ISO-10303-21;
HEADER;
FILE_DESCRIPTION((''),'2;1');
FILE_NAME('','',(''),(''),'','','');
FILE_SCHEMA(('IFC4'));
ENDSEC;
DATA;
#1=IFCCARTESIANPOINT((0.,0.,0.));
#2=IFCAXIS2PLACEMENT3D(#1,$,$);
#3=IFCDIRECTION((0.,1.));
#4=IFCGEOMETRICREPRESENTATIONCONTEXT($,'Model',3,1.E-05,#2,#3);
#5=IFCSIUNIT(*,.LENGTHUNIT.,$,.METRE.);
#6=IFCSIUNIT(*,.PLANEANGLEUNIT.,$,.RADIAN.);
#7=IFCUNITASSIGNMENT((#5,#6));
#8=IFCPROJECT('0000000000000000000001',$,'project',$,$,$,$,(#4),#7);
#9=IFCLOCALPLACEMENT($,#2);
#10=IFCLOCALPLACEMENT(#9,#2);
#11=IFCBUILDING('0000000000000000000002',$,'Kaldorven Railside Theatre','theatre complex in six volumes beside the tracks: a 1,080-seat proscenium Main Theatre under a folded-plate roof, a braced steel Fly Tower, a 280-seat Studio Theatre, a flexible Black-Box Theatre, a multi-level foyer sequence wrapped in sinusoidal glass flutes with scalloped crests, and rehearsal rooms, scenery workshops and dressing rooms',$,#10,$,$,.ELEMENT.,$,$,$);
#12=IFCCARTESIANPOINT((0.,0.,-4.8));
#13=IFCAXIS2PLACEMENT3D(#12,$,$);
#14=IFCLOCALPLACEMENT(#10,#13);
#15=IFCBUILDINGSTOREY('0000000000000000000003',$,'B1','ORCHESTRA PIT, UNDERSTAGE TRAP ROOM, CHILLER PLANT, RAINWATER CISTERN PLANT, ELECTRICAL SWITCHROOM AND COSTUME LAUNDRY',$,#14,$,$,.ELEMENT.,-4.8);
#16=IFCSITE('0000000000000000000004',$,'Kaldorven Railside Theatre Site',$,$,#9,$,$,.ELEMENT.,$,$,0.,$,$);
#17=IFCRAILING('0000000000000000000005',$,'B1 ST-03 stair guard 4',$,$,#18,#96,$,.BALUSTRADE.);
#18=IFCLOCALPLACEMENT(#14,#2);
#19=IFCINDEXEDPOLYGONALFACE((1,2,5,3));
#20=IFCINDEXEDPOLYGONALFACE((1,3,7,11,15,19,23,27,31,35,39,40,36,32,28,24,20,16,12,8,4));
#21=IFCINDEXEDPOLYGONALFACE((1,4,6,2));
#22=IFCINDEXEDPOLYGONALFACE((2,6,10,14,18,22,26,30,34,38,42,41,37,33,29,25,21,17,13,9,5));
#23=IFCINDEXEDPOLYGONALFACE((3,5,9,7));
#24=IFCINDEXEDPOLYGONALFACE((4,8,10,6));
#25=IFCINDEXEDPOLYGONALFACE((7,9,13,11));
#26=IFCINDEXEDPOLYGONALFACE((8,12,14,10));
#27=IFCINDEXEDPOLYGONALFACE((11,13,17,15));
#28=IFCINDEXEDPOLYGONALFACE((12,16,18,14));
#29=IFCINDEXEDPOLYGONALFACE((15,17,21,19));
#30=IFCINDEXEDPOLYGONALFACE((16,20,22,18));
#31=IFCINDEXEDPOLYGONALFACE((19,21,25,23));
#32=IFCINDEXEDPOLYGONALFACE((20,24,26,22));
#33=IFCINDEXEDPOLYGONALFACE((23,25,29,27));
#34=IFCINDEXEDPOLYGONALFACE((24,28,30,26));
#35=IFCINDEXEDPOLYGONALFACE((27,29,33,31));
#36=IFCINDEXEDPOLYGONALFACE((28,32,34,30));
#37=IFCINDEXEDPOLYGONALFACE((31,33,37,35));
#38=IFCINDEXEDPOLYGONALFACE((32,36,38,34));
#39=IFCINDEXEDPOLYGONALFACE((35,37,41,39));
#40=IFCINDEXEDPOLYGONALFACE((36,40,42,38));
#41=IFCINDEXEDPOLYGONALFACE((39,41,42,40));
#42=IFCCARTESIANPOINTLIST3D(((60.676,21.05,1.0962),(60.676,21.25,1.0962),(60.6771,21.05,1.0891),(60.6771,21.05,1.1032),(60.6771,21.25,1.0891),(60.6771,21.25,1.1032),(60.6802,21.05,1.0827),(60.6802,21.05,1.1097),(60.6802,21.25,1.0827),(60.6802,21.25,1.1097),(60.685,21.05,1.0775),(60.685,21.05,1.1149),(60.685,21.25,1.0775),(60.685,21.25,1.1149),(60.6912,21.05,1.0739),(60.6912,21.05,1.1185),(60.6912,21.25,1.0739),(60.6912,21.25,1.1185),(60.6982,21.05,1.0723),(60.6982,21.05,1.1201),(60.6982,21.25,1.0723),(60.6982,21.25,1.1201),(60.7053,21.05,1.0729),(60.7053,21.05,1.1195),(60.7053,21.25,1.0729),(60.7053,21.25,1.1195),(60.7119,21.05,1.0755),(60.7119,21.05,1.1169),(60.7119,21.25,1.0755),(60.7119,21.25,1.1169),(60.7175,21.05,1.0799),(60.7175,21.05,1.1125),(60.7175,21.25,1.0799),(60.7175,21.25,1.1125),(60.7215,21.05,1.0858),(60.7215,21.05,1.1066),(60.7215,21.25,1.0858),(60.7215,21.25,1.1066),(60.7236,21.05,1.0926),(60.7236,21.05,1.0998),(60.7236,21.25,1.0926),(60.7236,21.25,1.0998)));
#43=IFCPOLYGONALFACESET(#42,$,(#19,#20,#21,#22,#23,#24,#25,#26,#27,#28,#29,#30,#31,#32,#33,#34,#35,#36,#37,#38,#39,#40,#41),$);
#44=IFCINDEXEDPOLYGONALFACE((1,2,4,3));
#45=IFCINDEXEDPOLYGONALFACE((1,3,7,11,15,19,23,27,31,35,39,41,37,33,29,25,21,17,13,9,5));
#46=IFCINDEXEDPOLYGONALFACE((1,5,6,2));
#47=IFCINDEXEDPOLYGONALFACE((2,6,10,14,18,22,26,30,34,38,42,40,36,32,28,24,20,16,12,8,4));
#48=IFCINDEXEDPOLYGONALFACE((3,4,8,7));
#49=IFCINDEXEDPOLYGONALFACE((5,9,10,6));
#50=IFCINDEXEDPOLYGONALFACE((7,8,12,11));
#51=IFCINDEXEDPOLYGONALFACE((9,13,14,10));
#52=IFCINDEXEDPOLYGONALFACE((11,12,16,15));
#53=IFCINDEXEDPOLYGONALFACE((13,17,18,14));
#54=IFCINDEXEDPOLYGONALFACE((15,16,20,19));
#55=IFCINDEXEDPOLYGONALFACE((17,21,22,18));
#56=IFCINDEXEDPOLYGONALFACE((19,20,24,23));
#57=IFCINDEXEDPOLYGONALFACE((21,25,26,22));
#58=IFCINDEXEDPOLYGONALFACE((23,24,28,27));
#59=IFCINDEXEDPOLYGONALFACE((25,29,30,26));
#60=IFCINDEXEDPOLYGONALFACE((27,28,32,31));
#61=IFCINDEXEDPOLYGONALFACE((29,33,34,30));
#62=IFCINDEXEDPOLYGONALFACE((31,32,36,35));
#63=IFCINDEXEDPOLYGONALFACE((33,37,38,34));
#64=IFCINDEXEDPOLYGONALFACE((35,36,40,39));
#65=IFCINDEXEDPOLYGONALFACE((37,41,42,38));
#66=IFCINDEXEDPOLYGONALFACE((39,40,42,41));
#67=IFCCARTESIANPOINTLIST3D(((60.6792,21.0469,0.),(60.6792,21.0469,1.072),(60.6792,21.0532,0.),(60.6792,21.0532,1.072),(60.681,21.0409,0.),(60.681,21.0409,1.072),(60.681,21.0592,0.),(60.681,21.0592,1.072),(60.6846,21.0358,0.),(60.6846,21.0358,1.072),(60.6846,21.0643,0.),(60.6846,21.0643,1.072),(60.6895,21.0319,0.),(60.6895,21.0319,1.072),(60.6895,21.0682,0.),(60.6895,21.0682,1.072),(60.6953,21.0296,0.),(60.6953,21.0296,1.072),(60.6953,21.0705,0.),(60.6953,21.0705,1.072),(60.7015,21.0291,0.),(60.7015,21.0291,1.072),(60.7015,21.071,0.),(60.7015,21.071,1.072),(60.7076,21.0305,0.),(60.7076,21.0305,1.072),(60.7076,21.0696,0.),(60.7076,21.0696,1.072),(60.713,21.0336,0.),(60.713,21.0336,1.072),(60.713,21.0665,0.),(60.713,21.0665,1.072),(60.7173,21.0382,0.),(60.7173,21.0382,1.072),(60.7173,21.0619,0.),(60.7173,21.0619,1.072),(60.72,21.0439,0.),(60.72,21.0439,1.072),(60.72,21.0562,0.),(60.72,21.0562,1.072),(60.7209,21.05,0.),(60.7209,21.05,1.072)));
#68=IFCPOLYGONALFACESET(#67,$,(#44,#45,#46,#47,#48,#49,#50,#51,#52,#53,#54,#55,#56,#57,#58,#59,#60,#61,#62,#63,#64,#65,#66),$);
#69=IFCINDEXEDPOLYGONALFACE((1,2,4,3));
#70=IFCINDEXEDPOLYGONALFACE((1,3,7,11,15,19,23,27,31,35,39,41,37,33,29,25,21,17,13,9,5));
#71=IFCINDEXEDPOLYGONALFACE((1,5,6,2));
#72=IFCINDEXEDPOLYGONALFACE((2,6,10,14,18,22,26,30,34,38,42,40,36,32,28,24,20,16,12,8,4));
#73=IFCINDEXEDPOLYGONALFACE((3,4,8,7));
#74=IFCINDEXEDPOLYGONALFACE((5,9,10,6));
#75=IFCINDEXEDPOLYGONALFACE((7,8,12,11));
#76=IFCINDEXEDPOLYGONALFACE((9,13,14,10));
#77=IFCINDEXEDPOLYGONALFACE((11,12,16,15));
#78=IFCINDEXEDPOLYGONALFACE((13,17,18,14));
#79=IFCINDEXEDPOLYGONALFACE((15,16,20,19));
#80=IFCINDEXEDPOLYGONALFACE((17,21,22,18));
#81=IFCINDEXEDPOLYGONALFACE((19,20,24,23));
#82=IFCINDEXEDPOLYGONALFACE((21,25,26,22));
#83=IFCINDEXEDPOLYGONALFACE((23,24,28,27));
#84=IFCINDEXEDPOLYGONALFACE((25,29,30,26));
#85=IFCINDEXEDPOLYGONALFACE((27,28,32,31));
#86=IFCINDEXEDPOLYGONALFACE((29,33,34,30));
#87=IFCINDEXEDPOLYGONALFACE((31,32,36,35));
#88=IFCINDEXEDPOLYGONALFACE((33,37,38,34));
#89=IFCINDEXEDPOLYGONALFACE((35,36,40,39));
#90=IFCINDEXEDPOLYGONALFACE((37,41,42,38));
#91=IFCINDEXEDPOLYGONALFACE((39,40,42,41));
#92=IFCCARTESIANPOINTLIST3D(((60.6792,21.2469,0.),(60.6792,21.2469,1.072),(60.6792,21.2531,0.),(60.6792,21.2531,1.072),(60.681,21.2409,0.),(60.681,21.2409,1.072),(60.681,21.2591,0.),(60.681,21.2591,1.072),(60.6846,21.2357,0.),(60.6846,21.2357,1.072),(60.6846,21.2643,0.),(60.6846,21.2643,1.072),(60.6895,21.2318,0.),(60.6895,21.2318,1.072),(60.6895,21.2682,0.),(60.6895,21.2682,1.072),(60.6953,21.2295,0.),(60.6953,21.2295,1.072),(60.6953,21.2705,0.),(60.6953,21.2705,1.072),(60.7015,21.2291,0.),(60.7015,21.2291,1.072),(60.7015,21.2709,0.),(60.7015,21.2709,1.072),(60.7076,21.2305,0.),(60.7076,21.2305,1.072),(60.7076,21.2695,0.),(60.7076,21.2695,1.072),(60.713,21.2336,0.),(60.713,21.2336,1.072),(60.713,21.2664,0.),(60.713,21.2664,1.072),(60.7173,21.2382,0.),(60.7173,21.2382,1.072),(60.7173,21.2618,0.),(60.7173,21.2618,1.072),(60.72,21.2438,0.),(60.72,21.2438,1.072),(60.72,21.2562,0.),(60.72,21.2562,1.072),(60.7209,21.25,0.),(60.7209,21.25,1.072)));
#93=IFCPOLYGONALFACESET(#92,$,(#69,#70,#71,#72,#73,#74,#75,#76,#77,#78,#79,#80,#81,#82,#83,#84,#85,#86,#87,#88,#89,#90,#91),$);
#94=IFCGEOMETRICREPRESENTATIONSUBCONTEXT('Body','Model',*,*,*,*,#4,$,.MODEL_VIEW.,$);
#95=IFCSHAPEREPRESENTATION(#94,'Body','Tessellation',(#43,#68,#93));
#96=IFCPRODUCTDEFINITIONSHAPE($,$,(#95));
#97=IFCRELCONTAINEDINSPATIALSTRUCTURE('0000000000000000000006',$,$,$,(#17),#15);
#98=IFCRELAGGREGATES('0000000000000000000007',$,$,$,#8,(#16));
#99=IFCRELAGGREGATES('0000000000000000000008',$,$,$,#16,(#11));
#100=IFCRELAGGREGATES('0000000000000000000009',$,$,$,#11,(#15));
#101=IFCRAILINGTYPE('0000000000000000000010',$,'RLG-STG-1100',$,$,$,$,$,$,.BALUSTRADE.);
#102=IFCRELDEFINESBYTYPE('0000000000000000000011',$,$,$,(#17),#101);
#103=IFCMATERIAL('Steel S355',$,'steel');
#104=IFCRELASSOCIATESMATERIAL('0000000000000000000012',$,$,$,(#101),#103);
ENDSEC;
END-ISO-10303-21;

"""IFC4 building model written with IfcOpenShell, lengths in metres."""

from ifc_helpers import new_model, si_unit, direction, frame, origin, origin_2d, place, context, subcontext, project, spatial, circle, extrude, material, type_object, element, save


model = new_model("IFC4")

# Units and contexts
model_context = context("Model", 3, precision=1e-05, world=origin(), true_north=direction((0.0, 1.0)))
body_context = subcontext(model_context, "Body", "Model", "MODEL_VIEW")
ifc_project = project(units=[si_unit("LENGTHUNIT", "METRE"), si_unit("PLANEANGLEUNIT", "RADIAN")], contexts=[model_context])

# Site, building, storey
site_placement = place(None, origin())
site = spatial("IfcSite", under=ifc_project, at=site_placement, Name="Kaldorven Railside Theatre Site", CompositionType="ELEMENT", RefElevation=0.0)
building_placement = place(site_placement, origin())
building = spatial("IfcBuilding", under=site, at=building_placement, Name="Kaldorven Railside Theatre", Description="theatre complex in six volumes beside the tracks: a 1,080-seat proscenium Main Theatre under a folded-plate roof, a braced steel Fly Tower, a 280-seat Studio Theatre, a flexible Black-Box Theatre, a multi-level foyer sequence wrapped in sinusoidal glass flutes with scalloped crests, and rehearsal rooms, scenery workshops and dressing rooms", CompositionType="ELEMENT")
storey_placement = place(building_placement, frame((0.0, 0.0, -4.8)))
storey = spatial("IfcBuildingStorey", under=building, at=storey_placement, Name="B1", Description="ORCHESTRA PIT, UNDERSTAGE TRAP ROOM, CHILLER PLANT, RAINWATER CISTERN PLANT, ELECTRICAL SWITCHROOM AND COSTUME LAUNDRY", CompositionType="ELEMENT", Elevation=-4.8)

# Railing
ifc_material_1 = material(Name="Steel S355", Category="steel")
railing_type_1 = type_object("IfcRailingType", Name="RLG-STG-1100", PredefinedType="BALUSTRADE", material=ifc_material_1)
railing_1_placement = place(storey_placement, frame((60.7, 21.05, 0.0)))
element("IfcRailing", 1, at=railing_1_placement, inside=storey, type_object=railing_type_1, Name="B1 ST-03 stair guard 4", PredefinedType="BALUSTRADE", context=body_context, shape_type="SweptSolid", body=[
    extrude(circle(Radius=0.0239, at=origin_2d()), frame((0.0, 0.0, 1.0962), z_axis=(0.0, 1.0, 0.0), x_axis=(-1.0, 0.0, 0.0)), (0.0, 0.0, 1.0), 0.2),
    extrude(circle(Radius=0.021, at=origin_2d()), origin(), (0.0, 0.0, 1.0), 1.072),
    extrude(circle(Radius=0.021, at=origin_2d()), frame((0.0, 0.2, 0.0)), (0.0, 0.0, 1.0), 1.072),
])

save(model, "model.ifc")
